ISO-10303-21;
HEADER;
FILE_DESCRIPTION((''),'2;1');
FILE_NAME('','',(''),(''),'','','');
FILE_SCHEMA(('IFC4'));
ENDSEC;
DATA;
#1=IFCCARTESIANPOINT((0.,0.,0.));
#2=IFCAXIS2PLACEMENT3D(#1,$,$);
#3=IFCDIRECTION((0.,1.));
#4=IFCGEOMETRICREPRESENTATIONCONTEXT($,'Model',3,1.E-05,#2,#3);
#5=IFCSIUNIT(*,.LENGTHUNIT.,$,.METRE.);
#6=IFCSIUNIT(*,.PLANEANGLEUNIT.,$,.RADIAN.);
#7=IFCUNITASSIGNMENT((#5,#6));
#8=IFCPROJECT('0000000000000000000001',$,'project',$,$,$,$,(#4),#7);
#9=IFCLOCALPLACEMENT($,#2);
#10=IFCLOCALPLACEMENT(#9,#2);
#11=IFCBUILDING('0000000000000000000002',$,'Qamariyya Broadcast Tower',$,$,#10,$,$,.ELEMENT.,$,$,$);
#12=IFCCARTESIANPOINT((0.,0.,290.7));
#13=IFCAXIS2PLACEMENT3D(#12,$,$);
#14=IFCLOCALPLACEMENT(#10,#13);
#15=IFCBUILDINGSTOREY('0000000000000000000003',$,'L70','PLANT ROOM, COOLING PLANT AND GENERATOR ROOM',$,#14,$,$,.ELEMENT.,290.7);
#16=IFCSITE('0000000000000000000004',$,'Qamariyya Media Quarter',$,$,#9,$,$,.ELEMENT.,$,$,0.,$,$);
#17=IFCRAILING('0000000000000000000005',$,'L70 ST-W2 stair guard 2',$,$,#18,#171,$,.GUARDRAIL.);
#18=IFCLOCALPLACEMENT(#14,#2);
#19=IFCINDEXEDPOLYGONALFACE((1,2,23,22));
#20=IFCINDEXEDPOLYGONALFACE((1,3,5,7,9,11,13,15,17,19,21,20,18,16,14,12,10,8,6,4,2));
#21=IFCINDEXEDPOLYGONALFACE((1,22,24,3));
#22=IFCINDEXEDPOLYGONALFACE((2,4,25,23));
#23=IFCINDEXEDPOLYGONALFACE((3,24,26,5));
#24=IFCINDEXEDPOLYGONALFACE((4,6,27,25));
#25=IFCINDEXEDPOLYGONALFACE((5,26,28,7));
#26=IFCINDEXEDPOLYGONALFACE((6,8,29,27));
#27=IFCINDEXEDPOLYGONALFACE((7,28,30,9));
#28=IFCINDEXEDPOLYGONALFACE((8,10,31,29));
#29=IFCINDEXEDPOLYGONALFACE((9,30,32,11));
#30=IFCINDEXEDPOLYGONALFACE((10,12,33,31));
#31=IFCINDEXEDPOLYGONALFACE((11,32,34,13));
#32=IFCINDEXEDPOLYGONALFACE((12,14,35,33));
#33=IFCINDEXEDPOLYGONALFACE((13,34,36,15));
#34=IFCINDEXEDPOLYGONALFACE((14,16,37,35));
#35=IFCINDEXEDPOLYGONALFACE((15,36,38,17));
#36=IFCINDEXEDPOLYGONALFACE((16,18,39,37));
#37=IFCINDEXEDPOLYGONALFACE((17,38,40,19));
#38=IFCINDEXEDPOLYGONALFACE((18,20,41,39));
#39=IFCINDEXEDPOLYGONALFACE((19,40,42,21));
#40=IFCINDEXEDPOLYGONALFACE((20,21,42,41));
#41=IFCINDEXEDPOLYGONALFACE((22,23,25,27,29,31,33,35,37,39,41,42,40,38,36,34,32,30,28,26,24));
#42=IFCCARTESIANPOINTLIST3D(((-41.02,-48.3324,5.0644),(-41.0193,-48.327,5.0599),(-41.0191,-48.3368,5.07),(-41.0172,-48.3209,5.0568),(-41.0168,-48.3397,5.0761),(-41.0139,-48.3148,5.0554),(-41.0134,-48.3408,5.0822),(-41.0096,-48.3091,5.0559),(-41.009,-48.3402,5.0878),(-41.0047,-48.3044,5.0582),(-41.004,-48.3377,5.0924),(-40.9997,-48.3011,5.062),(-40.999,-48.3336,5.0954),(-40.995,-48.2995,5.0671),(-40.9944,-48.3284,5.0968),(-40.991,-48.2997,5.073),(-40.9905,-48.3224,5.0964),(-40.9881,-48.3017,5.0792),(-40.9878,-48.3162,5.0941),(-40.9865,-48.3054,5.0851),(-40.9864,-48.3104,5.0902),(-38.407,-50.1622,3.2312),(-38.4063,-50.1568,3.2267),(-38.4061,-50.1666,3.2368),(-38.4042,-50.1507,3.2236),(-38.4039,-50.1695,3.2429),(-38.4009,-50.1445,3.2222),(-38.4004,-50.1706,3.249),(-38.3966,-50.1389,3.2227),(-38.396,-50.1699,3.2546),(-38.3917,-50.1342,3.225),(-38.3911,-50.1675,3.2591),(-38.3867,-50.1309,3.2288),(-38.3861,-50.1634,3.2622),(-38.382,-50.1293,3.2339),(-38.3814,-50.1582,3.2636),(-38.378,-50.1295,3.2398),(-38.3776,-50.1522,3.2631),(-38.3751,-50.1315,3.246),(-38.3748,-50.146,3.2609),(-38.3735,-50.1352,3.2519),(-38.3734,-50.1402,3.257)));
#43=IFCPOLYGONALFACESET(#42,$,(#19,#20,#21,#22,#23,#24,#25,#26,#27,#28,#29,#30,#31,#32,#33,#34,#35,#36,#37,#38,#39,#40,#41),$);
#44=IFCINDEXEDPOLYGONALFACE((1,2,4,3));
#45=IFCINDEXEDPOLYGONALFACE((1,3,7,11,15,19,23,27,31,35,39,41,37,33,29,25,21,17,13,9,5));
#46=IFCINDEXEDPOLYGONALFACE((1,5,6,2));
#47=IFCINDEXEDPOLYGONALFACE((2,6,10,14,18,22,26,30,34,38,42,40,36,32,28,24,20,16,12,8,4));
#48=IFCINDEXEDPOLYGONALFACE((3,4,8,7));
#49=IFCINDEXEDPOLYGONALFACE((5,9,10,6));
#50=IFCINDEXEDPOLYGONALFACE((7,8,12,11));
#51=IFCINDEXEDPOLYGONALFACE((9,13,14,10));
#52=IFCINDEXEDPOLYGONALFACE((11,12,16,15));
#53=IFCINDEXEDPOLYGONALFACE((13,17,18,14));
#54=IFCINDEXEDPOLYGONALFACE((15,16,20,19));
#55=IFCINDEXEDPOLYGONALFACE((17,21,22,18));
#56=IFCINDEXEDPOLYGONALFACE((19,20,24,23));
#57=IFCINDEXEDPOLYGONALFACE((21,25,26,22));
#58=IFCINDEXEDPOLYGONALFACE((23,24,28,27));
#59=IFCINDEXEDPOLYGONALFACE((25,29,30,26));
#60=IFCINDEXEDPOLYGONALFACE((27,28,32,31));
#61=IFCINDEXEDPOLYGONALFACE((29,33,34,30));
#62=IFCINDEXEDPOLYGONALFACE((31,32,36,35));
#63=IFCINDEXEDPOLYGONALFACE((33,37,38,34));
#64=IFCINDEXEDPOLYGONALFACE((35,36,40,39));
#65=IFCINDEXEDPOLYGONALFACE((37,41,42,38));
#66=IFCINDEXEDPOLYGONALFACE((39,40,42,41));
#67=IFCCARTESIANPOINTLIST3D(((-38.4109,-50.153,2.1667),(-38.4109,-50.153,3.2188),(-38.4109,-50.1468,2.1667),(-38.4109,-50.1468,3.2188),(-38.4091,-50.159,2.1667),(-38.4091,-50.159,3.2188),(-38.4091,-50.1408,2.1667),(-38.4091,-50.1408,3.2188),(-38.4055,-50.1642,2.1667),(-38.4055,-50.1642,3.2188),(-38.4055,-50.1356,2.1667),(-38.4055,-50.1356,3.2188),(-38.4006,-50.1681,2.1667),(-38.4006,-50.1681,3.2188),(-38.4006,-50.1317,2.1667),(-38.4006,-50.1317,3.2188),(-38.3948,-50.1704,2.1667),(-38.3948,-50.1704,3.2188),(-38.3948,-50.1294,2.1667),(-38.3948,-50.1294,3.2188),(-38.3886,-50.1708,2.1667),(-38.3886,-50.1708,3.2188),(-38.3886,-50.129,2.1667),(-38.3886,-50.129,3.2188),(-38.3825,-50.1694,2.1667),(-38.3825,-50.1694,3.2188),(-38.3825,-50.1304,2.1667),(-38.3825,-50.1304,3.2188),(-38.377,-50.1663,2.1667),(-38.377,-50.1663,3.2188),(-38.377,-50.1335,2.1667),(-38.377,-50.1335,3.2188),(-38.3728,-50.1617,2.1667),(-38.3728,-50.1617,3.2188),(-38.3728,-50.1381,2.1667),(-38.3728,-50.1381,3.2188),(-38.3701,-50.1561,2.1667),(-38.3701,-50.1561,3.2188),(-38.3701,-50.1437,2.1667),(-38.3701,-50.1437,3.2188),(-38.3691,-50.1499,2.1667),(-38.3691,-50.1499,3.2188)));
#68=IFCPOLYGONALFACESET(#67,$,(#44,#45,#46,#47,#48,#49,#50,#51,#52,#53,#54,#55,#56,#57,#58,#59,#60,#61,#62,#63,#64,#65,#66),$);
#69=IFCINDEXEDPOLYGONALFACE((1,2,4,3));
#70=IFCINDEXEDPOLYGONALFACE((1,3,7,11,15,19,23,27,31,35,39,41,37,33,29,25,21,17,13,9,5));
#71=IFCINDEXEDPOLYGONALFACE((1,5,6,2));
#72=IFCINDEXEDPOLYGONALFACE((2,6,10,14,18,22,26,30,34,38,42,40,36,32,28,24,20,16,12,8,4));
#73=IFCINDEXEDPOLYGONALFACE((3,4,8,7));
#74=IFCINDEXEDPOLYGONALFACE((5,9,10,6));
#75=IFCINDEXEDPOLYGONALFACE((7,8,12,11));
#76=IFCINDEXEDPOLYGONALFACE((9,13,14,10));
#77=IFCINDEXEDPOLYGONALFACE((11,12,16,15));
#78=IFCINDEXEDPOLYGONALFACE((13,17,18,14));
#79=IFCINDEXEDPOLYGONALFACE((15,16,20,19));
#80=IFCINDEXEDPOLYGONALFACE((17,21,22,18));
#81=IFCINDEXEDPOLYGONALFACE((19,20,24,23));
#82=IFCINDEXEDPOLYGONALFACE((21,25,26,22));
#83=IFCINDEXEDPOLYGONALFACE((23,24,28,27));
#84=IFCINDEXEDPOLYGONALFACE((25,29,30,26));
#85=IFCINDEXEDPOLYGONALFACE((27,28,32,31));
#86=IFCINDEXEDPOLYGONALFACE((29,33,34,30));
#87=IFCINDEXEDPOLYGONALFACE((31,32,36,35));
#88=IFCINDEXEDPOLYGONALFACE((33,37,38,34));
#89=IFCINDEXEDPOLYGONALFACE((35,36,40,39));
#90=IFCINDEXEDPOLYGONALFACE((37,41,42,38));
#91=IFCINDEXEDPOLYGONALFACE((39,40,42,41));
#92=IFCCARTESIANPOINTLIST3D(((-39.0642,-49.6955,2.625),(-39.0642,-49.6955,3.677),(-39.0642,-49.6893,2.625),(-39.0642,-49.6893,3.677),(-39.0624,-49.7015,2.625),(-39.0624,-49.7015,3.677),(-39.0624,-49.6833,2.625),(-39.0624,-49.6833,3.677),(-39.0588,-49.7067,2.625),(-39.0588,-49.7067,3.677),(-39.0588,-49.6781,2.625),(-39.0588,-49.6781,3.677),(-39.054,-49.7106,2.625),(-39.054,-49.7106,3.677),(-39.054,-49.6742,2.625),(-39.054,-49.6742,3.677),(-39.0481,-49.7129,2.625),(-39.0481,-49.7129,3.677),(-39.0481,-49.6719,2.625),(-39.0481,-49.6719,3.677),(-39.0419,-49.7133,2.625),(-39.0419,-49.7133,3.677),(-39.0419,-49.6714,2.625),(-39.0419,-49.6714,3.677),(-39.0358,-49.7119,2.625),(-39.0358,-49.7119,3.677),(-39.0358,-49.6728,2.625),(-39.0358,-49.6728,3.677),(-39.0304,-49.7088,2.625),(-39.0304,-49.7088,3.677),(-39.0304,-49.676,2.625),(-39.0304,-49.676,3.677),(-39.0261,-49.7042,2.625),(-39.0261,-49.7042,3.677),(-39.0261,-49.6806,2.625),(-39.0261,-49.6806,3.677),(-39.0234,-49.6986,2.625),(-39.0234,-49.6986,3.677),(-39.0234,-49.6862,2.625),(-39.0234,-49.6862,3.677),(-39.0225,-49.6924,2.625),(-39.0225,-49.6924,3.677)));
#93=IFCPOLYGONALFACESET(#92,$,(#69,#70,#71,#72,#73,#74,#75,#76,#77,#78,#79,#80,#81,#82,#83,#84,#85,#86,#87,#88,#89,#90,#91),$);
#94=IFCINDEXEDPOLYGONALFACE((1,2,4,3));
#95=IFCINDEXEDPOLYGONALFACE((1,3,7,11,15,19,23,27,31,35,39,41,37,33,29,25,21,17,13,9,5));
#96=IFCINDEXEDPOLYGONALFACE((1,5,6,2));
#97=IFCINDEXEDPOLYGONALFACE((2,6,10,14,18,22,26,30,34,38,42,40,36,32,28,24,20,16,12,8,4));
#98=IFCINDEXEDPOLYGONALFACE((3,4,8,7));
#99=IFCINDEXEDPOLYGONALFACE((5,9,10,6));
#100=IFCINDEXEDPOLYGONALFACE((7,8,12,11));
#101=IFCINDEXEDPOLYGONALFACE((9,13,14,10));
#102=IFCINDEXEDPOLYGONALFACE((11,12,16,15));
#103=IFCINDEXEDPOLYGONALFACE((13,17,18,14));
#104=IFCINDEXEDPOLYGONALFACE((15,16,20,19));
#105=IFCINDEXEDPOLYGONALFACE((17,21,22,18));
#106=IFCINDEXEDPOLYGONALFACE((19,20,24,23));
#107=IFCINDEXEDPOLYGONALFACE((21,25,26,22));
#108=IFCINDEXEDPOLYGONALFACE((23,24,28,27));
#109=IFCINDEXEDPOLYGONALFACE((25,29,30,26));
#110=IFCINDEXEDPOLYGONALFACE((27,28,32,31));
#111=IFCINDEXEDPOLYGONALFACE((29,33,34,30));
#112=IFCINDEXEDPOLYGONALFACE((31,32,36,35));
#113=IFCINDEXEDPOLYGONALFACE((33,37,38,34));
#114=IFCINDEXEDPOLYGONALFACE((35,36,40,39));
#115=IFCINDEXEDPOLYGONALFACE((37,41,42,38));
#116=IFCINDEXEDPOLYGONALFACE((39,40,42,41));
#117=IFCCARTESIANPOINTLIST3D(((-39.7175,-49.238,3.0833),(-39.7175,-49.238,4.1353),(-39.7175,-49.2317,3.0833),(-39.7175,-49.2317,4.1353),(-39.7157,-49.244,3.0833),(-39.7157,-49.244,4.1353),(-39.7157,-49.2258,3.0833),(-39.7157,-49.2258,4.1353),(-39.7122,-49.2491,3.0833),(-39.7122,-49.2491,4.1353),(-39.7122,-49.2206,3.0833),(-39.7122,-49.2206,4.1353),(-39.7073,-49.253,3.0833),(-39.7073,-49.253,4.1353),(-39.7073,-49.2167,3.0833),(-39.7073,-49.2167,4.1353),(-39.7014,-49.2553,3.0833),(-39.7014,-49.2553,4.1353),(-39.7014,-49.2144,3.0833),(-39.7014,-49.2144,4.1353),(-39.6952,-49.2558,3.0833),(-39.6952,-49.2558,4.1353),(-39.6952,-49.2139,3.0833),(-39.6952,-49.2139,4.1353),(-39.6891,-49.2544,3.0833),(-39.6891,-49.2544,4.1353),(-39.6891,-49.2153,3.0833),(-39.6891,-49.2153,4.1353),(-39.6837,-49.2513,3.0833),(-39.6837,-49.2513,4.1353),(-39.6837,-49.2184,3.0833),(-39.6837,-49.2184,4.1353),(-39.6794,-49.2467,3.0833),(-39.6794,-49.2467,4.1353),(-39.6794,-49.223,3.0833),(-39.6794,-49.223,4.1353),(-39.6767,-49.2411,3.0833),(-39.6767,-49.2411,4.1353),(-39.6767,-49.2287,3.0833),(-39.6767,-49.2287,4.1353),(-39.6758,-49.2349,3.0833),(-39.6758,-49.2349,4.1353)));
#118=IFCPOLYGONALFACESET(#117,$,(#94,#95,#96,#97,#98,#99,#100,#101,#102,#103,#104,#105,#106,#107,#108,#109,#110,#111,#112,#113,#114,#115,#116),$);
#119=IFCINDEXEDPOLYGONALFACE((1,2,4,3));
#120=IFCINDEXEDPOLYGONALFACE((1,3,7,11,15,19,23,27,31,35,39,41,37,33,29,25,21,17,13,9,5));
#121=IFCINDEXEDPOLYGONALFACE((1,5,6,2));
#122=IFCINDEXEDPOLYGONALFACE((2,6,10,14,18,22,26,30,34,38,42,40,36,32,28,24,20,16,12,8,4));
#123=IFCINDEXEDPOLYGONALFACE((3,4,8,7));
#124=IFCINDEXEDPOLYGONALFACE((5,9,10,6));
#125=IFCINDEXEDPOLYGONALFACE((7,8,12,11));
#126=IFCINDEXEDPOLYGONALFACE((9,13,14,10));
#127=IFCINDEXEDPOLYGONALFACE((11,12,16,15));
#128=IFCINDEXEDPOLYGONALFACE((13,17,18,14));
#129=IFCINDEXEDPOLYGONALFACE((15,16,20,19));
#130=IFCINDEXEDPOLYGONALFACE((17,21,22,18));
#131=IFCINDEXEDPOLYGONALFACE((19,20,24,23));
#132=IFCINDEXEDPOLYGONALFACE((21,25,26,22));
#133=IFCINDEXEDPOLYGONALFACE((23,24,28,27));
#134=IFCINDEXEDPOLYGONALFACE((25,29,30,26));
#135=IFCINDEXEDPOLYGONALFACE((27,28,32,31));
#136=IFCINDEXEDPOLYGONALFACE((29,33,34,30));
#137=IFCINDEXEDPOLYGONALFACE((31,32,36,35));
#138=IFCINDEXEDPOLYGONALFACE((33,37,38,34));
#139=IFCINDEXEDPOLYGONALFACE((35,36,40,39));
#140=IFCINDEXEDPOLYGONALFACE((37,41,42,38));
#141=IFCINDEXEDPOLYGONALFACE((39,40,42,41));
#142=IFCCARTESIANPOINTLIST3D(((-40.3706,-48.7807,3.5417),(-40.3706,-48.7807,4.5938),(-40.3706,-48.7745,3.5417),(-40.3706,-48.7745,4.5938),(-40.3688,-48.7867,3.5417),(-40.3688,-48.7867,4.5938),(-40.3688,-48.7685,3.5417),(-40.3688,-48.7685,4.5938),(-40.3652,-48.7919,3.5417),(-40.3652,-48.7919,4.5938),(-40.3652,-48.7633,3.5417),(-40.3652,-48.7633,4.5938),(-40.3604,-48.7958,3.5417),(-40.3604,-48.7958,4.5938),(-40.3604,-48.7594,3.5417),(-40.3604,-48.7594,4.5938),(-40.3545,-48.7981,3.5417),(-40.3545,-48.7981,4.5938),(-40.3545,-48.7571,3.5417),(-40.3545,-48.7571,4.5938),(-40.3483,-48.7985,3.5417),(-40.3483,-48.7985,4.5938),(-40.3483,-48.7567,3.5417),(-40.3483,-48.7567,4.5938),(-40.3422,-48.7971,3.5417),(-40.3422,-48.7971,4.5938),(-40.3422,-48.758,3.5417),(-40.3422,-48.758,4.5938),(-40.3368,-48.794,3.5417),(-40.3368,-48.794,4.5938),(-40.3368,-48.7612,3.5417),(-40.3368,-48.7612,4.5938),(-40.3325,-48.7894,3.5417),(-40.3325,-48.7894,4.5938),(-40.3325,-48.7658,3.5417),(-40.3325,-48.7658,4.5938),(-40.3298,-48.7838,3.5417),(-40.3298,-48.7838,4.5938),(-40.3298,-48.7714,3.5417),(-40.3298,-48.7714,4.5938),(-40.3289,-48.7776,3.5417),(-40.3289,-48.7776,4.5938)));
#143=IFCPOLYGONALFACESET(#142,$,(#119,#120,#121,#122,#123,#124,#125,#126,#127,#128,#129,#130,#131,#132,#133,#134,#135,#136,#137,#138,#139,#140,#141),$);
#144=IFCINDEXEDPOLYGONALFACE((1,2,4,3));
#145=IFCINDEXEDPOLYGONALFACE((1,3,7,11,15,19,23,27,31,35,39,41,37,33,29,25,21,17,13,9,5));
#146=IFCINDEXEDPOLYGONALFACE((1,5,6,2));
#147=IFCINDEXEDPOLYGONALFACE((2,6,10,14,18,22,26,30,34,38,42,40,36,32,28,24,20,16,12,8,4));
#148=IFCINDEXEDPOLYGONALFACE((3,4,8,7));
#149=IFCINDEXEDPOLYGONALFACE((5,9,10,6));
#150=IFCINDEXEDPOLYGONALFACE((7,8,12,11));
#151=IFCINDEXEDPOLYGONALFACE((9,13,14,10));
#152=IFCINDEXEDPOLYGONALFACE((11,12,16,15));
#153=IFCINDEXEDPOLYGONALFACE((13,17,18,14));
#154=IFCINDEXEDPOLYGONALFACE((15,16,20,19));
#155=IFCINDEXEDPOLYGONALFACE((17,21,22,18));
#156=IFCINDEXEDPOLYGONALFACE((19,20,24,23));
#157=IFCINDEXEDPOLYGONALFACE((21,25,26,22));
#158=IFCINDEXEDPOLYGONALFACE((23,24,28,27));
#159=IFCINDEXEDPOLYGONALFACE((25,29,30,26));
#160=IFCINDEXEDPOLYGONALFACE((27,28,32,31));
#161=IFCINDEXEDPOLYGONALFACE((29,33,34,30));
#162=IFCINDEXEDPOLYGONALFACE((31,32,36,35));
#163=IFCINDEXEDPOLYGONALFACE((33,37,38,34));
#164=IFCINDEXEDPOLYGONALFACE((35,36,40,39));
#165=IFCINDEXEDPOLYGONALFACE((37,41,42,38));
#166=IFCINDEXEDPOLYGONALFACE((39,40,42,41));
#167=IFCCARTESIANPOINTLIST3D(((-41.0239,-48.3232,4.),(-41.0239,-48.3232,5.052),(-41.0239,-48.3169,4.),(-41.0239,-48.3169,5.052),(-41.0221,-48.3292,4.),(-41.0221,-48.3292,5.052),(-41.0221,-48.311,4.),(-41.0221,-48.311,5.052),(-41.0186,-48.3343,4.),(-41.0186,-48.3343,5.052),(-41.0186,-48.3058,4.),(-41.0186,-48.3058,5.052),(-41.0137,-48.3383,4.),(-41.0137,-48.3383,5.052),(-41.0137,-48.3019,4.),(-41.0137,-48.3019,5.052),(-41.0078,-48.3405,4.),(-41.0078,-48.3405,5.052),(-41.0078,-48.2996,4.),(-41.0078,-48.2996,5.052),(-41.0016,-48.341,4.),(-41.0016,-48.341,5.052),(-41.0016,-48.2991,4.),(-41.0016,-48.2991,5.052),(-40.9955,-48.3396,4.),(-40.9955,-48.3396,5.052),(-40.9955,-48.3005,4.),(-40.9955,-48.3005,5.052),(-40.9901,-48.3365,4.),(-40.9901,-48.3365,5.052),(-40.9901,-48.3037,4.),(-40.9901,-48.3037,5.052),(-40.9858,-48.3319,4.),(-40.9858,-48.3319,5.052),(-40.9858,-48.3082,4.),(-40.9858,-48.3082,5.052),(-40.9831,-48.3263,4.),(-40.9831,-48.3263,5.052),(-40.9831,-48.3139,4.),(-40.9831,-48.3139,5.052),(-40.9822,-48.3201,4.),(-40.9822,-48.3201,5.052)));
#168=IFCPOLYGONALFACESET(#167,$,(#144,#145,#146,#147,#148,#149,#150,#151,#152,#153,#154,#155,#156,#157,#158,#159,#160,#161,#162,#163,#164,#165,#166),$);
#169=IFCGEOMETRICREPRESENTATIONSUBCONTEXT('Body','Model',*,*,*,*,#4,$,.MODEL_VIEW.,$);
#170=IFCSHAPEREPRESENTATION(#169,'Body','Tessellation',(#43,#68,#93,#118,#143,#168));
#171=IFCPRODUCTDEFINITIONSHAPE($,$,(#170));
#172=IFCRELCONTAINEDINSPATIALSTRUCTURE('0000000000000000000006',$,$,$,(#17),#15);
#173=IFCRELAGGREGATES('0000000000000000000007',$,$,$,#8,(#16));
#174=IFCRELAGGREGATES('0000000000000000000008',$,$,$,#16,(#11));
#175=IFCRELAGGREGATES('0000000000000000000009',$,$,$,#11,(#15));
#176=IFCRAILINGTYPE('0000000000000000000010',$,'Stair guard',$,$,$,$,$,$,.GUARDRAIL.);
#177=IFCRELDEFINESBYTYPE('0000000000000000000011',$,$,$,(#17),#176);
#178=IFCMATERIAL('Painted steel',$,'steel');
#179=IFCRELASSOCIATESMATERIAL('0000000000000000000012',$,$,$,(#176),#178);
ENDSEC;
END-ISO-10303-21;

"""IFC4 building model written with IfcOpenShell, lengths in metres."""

from ifc_helpers import new_model, si_unit, direction, frame, origin, origin_2d, place, context, subcontext, project, spatial, circle, extrude, material, type_object, element, save


model = new_model("IFC4")

# Units and contexts
model_context = context("Model", 3, precision=1e-05, world=origin(), true_north=direction((0.0, 1.0)))
body_context = subcontext(model_context, "Body", "Model", "MODEL_VIEW")
ifc_project = project(units=[si_unit("LENGTHUNIT", "METRE"), si_unit("PLANEANGLEUNIT", "RADIAN")], contexts=[model_context])

# Site, building, storey
site_placement = place(None, origin())
site = spatial("IfcSite", under=ifc_project, at=site_placement, Name="Qamariyya Media Quarter", CompositionType="ELEMENT", RefElevation=0.0)
building_placement = place(site_placement, origin())
building = spatial("IfcBuilding", under=site, at=building_placement, Name="Qamariyya Broadcast Tower", CompositionType="ELEMENT")
storey_placement = place(building_placement, frame((0.0, 0.0, 290.7)))
storey = spatial("IfcBuildingStorey", under=building, at=storey_placement, Name="L70", Description="PLANT ROOM, COOLING PLANT AND GENERATOR ROOM", CompositionType="ELEMENT", Elevation=290.7)

# Railing
ifc_material_1 = material(Name="Painted steel", Category="steel")
railing_type_1 = type_object("IfcRailingType", Name="Stair guard", PredefinedType="GUARDRAIL", material=ifc_material_1)
railing_1_placement = place(storey_placement, frame((-38.3901, -50.1499, 2.1667)))
element("IfcRailing", 1, at=railing_1_placement, inside=storey, type_object=railing_type_1, Name="L70 ST-W2 stair guard 2", PredefinedType="GUARDRAIL", context=body_context, shape_type="SweptSolid", body=[
    extrude(circle(Radius=0.0239, at=origin_2d()), frame((0.0, 0.0, 1.0762), z_axis=(-0.710204, 0.497335, 0.498264), x_axis=(-0.573611, -0.819128, 0.0)), (0.0, 0.0, 1.0), 3.6792),
    extrude(circle(Radius=0.021, at=origin_2d()), origin(), (0.0, 0.0, 1.0), 1.052),
    extrude(circle(Radius=0.021, at=origin_2d()), frame((-0.6533, 0.4575, 0.4583)), (0.0, 0.0, 1.0), 1.052),
    extrude(circle(Radius=0.021, at=origin_2d()), frame((-1.3066, 0.915, 0.9165)), (0.0, 0.0, 1.0), 1.052),
    extrude(circle(Radius=0.021, at=origin_2d()), frame((-1.9597, 1.3723, 1.375)), (0.0, 0.0, 1.0), 1.052),
    extrude(circle(Radius=0.021, at=origin_2d()), frame((-2.613, 1.8298, 1.8333)), (0.0, 0.0, 1.0), 1.052),
])

save(model, "model.ifc")
